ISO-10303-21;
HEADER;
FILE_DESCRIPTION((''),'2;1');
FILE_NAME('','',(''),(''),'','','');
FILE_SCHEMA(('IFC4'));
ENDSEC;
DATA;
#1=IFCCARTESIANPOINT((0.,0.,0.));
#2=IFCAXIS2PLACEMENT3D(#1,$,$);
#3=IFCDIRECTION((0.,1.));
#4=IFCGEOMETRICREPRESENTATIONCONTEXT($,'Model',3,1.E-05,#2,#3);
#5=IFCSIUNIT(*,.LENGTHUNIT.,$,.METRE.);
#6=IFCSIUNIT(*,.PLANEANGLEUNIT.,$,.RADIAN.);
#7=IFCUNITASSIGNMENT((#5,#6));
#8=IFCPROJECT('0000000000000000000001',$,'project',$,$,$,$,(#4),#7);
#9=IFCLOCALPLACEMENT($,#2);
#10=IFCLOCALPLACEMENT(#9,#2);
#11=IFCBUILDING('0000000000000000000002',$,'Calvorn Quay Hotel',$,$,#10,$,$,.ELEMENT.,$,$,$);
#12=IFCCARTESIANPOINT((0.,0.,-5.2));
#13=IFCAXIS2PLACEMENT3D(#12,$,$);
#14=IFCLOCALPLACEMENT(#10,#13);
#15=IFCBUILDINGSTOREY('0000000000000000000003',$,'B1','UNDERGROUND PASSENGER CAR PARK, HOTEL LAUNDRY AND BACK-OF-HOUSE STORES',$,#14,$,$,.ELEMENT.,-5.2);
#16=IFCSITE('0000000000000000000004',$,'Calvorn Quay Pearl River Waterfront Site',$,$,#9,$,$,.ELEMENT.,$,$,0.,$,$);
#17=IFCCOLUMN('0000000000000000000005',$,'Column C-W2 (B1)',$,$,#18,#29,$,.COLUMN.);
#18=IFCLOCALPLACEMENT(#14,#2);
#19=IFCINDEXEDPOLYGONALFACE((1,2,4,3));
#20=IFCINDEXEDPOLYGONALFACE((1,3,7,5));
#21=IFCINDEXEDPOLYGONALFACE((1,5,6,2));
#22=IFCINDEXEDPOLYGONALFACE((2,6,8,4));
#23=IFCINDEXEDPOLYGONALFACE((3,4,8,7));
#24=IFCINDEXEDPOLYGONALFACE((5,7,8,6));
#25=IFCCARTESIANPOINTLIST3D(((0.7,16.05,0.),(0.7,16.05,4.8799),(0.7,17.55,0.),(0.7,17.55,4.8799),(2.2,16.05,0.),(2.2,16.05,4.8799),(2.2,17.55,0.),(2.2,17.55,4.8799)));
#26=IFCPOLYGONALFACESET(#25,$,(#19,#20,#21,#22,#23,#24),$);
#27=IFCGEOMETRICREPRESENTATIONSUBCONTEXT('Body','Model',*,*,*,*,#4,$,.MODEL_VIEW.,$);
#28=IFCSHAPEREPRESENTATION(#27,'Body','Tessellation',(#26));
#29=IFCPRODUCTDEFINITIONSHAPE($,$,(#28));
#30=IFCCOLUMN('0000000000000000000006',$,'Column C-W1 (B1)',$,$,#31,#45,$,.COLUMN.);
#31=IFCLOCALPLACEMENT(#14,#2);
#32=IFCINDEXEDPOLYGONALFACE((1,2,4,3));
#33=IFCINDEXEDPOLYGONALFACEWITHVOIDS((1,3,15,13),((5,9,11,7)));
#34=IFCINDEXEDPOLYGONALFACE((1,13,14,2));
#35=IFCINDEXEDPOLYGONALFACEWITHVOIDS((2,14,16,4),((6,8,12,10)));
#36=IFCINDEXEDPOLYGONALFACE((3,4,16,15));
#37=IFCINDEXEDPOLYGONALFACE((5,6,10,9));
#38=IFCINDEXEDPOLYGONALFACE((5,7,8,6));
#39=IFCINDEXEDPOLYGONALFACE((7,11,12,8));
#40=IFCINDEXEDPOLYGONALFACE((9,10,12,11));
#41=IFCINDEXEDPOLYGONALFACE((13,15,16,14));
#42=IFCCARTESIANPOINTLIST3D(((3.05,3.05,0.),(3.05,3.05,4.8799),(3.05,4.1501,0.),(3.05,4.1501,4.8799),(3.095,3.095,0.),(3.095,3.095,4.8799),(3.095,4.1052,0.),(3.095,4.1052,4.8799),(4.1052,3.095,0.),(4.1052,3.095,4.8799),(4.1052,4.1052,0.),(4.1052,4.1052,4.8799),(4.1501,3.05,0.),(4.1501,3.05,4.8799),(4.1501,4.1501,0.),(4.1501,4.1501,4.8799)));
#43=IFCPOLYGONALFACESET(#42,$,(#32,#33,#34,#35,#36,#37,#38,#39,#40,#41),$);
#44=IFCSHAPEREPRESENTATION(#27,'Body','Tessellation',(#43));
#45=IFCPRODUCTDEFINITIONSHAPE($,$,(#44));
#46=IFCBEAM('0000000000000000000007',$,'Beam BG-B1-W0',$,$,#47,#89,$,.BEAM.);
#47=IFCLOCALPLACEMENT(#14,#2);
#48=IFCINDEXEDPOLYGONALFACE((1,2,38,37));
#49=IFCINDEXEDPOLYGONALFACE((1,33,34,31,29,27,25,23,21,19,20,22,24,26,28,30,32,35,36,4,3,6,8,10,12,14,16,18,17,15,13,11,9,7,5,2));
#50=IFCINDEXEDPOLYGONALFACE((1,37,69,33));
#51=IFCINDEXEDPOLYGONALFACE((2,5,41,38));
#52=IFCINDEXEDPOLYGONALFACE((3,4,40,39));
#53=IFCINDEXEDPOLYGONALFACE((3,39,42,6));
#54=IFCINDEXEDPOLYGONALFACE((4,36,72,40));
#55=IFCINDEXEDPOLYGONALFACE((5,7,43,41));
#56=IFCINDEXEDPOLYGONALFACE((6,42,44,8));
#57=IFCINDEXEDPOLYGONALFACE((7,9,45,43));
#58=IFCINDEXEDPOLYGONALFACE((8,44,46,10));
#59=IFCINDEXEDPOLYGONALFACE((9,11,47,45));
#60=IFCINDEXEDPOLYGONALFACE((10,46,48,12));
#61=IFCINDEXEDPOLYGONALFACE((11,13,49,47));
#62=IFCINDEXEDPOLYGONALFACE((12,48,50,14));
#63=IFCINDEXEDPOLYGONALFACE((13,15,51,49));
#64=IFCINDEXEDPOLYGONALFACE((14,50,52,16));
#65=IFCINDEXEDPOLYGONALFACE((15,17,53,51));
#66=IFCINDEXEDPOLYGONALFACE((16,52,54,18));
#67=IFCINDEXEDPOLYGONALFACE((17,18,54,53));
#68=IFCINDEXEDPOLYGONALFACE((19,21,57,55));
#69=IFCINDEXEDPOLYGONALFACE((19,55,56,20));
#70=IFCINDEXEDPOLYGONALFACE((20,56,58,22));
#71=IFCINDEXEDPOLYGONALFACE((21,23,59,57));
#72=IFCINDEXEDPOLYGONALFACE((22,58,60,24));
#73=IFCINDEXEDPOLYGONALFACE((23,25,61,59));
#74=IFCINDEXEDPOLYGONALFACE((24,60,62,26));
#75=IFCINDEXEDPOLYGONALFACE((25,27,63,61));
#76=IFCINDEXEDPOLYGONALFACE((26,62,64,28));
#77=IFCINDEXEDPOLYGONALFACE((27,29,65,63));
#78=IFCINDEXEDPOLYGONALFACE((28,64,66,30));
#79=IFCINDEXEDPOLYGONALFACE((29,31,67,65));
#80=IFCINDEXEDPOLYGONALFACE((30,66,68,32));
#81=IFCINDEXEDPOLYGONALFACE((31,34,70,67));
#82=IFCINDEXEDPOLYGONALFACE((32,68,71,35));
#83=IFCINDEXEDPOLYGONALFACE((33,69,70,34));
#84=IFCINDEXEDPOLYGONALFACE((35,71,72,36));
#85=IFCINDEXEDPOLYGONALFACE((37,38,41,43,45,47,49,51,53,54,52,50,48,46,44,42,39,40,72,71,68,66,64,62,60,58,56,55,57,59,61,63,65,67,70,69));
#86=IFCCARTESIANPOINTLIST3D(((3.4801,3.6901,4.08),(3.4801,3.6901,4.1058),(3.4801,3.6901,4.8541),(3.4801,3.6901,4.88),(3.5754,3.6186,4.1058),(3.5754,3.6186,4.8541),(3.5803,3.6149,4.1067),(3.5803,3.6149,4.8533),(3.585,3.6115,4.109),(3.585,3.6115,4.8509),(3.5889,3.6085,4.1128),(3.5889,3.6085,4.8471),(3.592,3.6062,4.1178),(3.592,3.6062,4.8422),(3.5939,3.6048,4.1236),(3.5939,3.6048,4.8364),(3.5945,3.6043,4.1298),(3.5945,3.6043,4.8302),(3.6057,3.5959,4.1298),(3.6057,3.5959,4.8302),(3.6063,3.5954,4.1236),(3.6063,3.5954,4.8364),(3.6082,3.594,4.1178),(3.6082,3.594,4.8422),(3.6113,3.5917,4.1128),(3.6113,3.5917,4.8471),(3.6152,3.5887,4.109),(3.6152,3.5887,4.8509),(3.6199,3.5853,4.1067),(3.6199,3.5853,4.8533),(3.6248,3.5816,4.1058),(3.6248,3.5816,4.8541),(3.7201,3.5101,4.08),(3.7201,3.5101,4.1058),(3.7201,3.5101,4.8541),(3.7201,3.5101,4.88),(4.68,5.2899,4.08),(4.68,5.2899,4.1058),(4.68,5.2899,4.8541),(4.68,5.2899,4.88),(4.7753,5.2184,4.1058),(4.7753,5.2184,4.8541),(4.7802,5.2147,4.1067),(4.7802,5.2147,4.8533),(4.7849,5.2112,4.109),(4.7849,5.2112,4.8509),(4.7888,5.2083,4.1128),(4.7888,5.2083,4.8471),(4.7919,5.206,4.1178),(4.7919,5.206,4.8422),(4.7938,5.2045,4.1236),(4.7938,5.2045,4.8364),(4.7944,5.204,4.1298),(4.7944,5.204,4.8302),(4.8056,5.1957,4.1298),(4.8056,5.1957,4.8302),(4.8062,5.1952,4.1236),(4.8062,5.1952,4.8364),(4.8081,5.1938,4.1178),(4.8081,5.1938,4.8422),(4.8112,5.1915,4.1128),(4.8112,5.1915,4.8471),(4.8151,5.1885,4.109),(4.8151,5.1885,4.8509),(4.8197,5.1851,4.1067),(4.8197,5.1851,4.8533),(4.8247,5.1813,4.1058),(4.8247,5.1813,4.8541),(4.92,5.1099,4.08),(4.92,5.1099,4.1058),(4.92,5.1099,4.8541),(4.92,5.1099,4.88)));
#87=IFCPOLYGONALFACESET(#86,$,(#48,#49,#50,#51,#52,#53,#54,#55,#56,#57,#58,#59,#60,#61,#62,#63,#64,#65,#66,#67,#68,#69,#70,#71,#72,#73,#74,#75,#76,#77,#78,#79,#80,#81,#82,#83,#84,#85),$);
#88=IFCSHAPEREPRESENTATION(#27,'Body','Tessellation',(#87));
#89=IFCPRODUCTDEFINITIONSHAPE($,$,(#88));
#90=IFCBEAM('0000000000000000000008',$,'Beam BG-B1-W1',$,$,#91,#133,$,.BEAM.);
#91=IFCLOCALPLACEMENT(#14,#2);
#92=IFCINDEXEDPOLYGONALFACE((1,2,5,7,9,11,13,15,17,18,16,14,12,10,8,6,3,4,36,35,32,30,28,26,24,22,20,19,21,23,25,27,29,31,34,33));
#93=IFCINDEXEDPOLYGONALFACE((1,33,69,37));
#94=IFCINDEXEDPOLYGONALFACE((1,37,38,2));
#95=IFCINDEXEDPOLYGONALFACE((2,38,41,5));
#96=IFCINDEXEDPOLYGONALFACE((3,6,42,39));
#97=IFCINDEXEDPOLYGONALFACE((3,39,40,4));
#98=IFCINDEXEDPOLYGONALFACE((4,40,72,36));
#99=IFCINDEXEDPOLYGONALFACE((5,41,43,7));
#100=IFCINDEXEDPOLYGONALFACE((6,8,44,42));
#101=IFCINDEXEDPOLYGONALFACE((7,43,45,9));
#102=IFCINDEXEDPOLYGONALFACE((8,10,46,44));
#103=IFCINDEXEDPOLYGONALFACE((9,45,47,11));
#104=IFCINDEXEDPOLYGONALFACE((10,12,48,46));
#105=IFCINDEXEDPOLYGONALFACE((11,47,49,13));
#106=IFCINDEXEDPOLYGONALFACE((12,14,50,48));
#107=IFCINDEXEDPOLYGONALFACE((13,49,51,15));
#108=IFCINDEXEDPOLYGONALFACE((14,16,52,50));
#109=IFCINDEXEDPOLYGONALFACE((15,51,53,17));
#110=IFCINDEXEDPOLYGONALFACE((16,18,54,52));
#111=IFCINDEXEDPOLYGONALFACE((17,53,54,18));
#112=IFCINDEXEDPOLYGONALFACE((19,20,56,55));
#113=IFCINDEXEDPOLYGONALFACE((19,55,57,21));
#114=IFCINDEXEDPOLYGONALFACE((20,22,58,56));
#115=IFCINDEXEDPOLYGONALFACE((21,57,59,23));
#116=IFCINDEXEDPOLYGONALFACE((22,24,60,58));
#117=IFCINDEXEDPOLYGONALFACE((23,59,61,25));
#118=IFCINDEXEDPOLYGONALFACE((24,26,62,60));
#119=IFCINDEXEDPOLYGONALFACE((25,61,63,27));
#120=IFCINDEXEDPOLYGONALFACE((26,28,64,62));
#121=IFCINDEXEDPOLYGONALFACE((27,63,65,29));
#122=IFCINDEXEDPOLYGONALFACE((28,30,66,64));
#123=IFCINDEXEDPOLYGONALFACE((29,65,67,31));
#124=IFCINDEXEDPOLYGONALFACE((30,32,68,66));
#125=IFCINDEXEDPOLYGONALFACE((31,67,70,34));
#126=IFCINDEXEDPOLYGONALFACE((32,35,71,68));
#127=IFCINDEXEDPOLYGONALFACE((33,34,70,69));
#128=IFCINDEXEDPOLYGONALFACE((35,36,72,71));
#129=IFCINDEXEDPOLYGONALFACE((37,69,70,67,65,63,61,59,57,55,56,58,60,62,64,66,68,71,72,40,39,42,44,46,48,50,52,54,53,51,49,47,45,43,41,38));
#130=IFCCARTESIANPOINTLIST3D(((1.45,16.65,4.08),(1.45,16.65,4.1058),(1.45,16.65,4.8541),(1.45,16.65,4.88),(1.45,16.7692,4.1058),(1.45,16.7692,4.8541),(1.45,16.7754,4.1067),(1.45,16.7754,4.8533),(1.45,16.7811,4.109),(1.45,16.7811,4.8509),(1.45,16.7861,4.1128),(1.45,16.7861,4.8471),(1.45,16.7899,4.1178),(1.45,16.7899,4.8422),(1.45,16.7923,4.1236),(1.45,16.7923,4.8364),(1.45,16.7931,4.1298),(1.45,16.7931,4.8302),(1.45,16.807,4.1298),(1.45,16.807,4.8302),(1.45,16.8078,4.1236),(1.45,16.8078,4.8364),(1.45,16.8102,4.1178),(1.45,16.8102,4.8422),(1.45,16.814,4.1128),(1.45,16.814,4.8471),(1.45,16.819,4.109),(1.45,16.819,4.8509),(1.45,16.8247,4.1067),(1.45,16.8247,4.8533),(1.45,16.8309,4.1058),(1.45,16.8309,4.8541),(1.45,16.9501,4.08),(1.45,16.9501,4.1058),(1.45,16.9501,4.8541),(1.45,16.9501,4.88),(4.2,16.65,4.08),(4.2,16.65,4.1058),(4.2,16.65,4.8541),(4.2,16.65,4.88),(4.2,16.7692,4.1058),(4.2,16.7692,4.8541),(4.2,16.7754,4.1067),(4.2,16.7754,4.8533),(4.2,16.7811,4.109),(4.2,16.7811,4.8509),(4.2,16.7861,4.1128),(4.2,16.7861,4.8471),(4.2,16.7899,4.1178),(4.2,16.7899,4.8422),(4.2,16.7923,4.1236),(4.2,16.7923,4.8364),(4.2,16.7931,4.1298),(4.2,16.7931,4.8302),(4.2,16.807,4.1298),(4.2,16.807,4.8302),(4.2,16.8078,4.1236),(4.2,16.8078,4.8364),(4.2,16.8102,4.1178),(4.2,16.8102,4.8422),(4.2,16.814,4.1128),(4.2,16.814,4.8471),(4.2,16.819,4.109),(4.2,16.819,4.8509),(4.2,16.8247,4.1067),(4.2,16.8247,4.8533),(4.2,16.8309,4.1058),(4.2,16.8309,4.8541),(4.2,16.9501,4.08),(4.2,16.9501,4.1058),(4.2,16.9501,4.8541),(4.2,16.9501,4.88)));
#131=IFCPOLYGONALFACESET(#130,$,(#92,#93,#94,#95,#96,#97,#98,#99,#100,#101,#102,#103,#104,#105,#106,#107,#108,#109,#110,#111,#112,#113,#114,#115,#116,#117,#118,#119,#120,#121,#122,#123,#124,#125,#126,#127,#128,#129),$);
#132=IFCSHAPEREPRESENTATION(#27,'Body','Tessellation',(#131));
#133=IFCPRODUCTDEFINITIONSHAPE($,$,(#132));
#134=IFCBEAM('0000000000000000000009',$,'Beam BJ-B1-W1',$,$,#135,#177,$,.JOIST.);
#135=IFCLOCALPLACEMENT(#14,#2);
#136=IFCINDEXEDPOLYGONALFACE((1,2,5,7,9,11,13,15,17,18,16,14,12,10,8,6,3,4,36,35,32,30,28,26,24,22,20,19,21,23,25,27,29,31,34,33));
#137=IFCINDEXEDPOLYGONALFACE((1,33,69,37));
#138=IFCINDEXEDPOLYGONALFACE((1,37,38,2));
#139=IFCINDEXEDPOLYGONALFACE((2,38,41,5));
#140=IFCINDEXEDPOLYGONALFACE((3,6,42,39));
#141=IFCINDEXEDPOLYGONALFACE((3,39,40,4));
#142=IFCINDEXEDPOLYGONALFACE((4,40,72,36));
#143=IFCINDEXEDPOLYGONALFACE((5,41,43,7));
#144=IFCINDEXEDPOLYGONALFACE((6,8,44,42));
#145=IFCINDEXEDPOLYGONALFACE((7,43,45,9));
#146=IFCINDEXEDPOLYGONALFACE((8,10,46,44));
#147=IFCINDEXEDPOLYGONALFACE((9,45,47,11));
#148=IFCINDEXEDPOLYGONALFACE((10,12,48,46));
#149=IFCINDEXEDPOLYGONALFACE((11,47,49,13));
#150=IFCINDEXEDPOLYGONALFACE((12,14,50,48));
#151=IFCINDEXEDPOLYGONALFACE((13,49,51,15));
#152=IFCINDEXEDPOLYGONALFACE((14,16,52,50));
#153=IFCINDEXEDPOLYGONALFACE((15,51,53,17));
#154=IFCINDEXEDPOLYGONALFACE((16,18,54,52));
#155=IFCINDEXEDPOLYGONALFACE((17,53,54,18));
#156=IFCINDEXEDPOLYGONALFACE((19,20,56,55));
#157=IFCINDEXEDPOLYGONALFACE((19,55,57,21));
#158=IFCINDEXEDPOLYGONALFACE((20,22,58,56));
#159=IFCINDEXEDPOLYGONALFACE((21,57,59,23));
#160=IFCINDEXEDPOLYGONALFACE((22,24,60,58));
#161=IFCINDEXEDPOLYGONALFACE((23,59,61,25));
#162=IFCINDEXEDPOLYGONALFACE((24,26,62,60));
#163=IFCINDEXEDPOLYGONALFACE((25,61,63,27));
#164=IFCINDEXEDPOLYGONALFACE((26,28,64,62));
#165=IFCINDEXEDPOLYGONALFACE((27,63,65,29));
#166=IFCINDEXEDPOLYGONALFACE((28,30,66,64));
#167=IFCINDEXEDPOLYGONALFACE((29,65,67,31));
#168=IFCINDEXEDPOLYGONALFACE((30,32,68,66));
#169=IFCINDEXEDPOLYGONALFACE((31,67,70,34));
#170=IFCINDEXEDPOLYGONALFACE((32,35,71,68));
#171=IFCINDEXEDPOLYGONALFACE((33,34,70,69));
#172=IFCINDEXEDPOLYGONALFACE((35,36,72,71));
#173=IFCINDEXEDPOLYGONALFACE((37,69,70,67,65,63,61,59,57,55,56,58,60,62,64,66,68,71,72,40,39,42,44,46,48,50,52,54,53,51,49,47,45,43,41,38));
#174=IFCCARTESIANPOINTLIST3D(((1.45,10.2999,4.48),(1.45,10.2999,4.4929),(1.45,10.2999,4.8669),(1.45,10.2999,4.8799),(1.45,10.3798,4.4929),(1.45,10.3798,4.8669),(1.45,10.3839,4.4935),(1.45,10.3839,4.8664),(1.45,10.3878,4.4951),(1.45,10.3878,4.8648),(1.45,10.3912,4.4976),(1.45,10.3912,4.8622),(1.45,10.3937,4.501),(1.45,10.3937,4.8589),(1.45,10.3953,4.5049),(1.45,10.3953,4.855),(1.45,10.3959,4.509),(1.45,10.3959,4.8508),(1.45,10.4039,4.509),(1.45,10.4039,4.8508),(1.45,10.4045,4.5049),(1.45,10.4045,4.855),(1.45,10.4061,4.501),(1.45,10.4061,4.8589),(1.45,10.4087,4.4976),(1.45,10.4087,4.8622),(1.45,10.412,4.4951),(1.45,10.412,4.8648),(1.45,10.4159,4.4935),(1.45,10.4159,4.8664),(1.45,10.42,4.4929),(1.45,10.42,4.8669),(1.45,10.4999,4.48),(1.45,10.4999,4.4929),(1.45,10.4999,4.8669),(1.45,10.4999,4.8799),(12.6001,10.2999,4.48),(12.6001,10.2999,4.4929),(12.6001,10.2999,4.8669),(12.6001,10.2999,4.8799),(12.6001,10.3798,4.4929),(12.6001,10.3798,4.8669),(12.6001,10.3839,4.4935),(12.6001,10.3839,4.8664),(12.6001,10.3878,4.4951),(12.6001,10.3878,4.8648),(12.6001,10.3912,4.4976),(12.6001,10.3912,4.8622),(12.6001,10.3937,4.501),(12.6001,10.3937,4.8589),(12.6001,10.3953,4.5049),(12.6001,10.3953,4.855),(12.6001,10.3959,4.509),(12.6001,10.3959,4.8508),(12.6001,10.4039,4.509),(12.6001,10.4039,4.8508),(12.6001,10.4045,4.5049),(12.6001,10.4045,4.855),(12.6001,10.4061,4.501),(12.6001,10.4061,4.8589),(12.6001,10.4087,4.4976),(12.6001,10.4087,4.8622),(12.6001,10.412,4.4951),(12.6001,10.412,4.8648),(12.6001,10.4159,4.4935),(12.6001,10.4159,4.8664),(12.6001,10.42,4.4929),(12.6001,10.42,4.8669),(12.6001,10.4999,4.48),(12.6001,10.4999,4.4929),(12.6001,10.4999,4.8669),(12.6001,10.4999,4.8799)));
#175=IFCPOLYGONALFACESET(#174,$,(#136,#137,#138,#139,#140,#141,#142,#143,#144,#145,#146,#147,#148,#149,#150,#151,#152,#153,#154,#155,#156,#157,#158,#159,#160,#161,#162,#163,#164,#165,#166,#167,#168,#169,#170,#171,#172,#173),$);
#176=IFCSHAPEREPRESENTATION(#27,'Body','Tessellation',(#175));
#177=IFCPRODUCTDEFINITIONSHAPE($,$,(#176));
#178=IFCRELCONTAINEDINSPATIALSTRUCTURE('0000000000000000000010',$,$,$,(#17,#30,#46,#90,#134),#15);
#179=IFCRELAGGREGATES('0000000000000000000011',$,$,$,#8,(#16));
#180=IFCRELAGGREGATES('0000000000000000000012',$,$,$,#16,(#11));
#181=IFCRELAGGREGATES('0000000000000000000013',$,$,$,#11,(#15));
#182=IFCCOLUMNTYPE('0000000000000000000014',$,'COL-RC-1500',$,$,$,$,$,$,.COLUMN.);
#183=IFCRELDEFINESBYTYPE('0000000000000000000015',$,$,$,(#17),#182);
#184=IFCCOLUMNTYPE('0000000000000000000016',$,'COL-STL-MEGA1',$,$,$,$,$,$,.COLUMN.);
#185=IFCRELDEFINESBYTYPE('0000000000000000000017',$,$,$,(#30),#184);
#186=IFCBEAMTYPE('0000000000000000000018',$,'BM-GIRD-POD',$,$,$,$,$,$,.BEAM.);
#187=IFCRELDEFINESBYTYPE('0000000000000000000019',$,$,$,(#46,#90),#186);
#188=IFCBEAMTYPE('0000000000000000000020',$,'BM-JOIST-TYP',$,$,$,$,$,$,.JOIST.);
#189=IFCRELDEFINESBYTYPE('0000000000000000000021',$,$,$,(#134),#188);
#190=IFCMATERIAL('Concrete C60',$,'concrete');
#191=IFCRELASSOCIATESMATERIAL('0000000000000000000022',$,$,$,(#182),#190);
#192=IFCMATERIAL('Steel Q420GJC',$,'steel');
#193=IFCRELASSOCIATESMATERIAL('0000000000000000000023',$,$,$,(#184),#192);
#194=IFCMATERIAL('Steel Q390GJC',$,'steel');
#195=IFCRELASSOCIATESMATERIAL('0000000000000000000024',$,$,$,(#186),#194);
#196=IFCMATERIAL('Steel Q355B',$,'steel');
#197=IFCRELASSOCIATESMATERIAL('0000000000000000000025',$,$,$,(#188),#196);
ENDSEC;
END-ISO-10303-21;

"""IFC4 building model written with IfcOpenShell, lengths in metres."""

from ifc_helpers import new_model, si_unit, direction, frame, origin, origin_2d, place, context, subcontext, project, spatial, rectangle, hollow_rectangle, i_section, extrude, material, material_profile, profile_set, type_object, element, save


model = new_model("IFC4")

# Units and contexts
model_context = context("Model", 3, precision=1e-05, world=origin(), true_north=direction((0.0, 1.0)))
body_context = subcontext(model_context, "Body", "Model", "MODEL_VIEW")
ifc_project = project(units=[si_unit("LENGTHUNIT", "METRE"), si_unit("PLANEANGLEUNIT", "RADIAN")], contexts=[model_context])

# Site, building, storey
site_placement = place(None, origin())
site = spatial("IfcSite", under=ifc_project, at=site_placement, Name="Calvorn Quay Pearl River Waterfront Site", CompositionType="ELEMENT", RefElevation=0.0)
building_placement = place(site_placement, origin())
building = spatial("IfcBuilding", under=site, at=building_placement, Name="Calvorn Quay Hotel", CompositionType="ELEMENT")
storey_placement = place(building_placement, frame((0.0, 0.0, -5.2)))
storey = spatial("IfcBuildingStorey", under=building, at=storey_placement, Name="B1", Description="UNDERGROUND PASSENGER CAR PARK, HOTEL LAUNDRY AND BACK-OF-HOUSE STORES", CompositionType="ELEMENT", Elevation=-5.2)

# Columns
ifc_material_1 = material(Name="Concrete C60", Category="concrete")
ifc_material_profile_1 = material_profile(ifc_material_1, rectangle(XDim=1.5, YDim=1.5, at=origin_2d()), Name="RC1500x1500")
ifc_profile_set_1 = profile_set([ifc_material_profile_1], Name="Concrete C60")
column_type_1 = type_object("IfcColumnType", Name="COL-RC-1500", PredefinedType="COLUMN", material=ifc_profile_set_1)
column_1_placement = place(storey_placement, frame((1.45, 16.8, 0.0), z_axis=(0.0, 0.0, 1.0), x_axis=(1.0, 0.0, 0.0)))
element("IfcColumn", 1, at=column_1_placement, inside=storey, type_object=column_type_1, Name="Column C-W2 (B1)", PredefinedType="COLUMN", context=body_context, shape_type="SweptSolid", body=[
    extrude(rectangle(XDim=1.5, YDim=1.5, at=origin_2d()), origin(), (0.0, 0.0, 1.0), 4.8799),
])
ifc_material_2 = material(Name="Steel Q420GJC", Category="steel")
ifc_material_profile_2 = material_profile(ifc_material_2, hollow_rectangle(XDim=1.1001, YDim=1.1001, WallThickness=0.0449, at=origin_2d()), Name="BOX1100x1100x45")
ifc_profile_set_2 = profile_set([ifc_material_profile_2], Name="Steel Q420GJC")
column_type_2 = type_object("IfcColumnType", Name="COL-STL-MEGA1", PredefinedType="COLUMN", material=ifc_profile_set_2)
column_2_placement = place(storey_placement, frame((3.6001, 3.6001, 0.0), z_axis=(0.0, 0.0, 1.0), x_axis=(1.0, 0.0, 0.0)))
element("IfcColumn", 2, at=column_2_placement, inside=storey, type_object=column_type_2, Name="Column C-W1 (B1)", PredefinedType="COLUMN", context=body_context, shape_type="SweptSolid", body=[
    extrude(hollow_rectangle(XDim=1.1001, YDim=1.1001, WallThickness=0.0449, at=origin_2d()), origin(), (0.0, 0.0, 1.0), 4.8799),
])

# Beams
ifc_material_3 = material(Name="Steel Q390GJC", Category="steel")
ifc_material_profile_3 = material_profile(ifc_material_3, i_section(OverallWidth=0.3, OverallDepth=0.8, WebThickness=0.0139, FlangeThickness=0.0259, FilletRadius=0.0239, at=origin_2d()), Name="HN800x300x14x26")
ifc_profile_set_3 = profile_set([ifc_material_profile_3], Name="Steel Q390GJC")
beam_type_1 = type_object("IfcBeamType", Name="BM-GIRD-POD", PredefinedType="BEAM", material=ifc_profile_set_3)
beam_1_placement = place(storey_placement, frame((3.6001, 3.6001, 4.48), z_axis=(0.60002, 0.799985, 0.0), x_axis=(-0.799985, 0.60002, 0.0)))
element("IfcBeam", 3, at=beam_1_placement, inside=storey, type_object=beam_type_1, Name="Beam BG-B1-W0", PredefinedType="BEAM", context=body_context, shape_type="SweptSolid", body=[
    extrude(i_section(OverallWidth=0.3, OverallDepth=0.8, WebThickness=0.0139, FlangeThickness=0.0259, FilletRadius=0.0239, at=origin_2d()), origin(), (0.0, 0.0, 1.0), 1.9998),
])
beam_2_placement = place(storey_placement, frame((1.45, 16.8, 4.48), z_axis=(1.0, 0.0, 0.0), x_axis=(0.0, 1.0, 0.0)))
element("IfcBeam", 4, at=beam_2_placement, inside=storey, type_object=beam_type_1, Name="Beam BG-B1-W1", PredefinedType="BEAM", context=body_context, shape_type="SweptSolid", body=[
    extrude(i_section(OverallWidth=0.3, OverallDepth=0.8, WebThickness=0.0139, FlangeThickness=0.0259, FilletRadius=0.0239, at=origin_2d()), origin(), (0.0, 0.0, 1.0), 2.75),
])
ifc_material_4 = material(Name="Steel Q355B", Category="steel")
ifc_material_profile_4 = material_profile(ifc_material_4, i_section(OverallWidth=0.2, OverallDepth=0.3999, WebThickness=0.0081, FlangeThickness=0.0129, FilletRadius=0.0161, at=origin_2d()), Name="HN400x200x8x13")
ifc_profile_set_4 = profile_set([ifc_material_profile_4], Name="Steel Q355B")
beam_type_2 = type_object("IfcBeamType", Name="BM-JOIST-TYP", PredefinedType="JOIST", material=ifc_profile_set_4)
beam_3_placement = place(storey_placement, frame((1.45, 10.3999, 4.6799), z_axis=(1.0, 0.0, 0.0), x_axis=(0.0, 1.0, 0.0)))
element("IfcBeam", 5, at=beam_3_placement, inside=storey, type_object=beam_type_2, Name="Beam BJ-B1-W1", PredefinedType="JOIST", context=body_context, shape_type="SweptSolid", body=[
    extrude(i_section(OverallWidth=0.2, OverallDepth=0.3999, WebThickness=0.0081, FlangeThickness=0.0129, FilletRadius=0.0161, at=origin_2d()), origin(), (0.0, 0.0, 1.0), 11.1501),
])

save(model, "model.ifc")
